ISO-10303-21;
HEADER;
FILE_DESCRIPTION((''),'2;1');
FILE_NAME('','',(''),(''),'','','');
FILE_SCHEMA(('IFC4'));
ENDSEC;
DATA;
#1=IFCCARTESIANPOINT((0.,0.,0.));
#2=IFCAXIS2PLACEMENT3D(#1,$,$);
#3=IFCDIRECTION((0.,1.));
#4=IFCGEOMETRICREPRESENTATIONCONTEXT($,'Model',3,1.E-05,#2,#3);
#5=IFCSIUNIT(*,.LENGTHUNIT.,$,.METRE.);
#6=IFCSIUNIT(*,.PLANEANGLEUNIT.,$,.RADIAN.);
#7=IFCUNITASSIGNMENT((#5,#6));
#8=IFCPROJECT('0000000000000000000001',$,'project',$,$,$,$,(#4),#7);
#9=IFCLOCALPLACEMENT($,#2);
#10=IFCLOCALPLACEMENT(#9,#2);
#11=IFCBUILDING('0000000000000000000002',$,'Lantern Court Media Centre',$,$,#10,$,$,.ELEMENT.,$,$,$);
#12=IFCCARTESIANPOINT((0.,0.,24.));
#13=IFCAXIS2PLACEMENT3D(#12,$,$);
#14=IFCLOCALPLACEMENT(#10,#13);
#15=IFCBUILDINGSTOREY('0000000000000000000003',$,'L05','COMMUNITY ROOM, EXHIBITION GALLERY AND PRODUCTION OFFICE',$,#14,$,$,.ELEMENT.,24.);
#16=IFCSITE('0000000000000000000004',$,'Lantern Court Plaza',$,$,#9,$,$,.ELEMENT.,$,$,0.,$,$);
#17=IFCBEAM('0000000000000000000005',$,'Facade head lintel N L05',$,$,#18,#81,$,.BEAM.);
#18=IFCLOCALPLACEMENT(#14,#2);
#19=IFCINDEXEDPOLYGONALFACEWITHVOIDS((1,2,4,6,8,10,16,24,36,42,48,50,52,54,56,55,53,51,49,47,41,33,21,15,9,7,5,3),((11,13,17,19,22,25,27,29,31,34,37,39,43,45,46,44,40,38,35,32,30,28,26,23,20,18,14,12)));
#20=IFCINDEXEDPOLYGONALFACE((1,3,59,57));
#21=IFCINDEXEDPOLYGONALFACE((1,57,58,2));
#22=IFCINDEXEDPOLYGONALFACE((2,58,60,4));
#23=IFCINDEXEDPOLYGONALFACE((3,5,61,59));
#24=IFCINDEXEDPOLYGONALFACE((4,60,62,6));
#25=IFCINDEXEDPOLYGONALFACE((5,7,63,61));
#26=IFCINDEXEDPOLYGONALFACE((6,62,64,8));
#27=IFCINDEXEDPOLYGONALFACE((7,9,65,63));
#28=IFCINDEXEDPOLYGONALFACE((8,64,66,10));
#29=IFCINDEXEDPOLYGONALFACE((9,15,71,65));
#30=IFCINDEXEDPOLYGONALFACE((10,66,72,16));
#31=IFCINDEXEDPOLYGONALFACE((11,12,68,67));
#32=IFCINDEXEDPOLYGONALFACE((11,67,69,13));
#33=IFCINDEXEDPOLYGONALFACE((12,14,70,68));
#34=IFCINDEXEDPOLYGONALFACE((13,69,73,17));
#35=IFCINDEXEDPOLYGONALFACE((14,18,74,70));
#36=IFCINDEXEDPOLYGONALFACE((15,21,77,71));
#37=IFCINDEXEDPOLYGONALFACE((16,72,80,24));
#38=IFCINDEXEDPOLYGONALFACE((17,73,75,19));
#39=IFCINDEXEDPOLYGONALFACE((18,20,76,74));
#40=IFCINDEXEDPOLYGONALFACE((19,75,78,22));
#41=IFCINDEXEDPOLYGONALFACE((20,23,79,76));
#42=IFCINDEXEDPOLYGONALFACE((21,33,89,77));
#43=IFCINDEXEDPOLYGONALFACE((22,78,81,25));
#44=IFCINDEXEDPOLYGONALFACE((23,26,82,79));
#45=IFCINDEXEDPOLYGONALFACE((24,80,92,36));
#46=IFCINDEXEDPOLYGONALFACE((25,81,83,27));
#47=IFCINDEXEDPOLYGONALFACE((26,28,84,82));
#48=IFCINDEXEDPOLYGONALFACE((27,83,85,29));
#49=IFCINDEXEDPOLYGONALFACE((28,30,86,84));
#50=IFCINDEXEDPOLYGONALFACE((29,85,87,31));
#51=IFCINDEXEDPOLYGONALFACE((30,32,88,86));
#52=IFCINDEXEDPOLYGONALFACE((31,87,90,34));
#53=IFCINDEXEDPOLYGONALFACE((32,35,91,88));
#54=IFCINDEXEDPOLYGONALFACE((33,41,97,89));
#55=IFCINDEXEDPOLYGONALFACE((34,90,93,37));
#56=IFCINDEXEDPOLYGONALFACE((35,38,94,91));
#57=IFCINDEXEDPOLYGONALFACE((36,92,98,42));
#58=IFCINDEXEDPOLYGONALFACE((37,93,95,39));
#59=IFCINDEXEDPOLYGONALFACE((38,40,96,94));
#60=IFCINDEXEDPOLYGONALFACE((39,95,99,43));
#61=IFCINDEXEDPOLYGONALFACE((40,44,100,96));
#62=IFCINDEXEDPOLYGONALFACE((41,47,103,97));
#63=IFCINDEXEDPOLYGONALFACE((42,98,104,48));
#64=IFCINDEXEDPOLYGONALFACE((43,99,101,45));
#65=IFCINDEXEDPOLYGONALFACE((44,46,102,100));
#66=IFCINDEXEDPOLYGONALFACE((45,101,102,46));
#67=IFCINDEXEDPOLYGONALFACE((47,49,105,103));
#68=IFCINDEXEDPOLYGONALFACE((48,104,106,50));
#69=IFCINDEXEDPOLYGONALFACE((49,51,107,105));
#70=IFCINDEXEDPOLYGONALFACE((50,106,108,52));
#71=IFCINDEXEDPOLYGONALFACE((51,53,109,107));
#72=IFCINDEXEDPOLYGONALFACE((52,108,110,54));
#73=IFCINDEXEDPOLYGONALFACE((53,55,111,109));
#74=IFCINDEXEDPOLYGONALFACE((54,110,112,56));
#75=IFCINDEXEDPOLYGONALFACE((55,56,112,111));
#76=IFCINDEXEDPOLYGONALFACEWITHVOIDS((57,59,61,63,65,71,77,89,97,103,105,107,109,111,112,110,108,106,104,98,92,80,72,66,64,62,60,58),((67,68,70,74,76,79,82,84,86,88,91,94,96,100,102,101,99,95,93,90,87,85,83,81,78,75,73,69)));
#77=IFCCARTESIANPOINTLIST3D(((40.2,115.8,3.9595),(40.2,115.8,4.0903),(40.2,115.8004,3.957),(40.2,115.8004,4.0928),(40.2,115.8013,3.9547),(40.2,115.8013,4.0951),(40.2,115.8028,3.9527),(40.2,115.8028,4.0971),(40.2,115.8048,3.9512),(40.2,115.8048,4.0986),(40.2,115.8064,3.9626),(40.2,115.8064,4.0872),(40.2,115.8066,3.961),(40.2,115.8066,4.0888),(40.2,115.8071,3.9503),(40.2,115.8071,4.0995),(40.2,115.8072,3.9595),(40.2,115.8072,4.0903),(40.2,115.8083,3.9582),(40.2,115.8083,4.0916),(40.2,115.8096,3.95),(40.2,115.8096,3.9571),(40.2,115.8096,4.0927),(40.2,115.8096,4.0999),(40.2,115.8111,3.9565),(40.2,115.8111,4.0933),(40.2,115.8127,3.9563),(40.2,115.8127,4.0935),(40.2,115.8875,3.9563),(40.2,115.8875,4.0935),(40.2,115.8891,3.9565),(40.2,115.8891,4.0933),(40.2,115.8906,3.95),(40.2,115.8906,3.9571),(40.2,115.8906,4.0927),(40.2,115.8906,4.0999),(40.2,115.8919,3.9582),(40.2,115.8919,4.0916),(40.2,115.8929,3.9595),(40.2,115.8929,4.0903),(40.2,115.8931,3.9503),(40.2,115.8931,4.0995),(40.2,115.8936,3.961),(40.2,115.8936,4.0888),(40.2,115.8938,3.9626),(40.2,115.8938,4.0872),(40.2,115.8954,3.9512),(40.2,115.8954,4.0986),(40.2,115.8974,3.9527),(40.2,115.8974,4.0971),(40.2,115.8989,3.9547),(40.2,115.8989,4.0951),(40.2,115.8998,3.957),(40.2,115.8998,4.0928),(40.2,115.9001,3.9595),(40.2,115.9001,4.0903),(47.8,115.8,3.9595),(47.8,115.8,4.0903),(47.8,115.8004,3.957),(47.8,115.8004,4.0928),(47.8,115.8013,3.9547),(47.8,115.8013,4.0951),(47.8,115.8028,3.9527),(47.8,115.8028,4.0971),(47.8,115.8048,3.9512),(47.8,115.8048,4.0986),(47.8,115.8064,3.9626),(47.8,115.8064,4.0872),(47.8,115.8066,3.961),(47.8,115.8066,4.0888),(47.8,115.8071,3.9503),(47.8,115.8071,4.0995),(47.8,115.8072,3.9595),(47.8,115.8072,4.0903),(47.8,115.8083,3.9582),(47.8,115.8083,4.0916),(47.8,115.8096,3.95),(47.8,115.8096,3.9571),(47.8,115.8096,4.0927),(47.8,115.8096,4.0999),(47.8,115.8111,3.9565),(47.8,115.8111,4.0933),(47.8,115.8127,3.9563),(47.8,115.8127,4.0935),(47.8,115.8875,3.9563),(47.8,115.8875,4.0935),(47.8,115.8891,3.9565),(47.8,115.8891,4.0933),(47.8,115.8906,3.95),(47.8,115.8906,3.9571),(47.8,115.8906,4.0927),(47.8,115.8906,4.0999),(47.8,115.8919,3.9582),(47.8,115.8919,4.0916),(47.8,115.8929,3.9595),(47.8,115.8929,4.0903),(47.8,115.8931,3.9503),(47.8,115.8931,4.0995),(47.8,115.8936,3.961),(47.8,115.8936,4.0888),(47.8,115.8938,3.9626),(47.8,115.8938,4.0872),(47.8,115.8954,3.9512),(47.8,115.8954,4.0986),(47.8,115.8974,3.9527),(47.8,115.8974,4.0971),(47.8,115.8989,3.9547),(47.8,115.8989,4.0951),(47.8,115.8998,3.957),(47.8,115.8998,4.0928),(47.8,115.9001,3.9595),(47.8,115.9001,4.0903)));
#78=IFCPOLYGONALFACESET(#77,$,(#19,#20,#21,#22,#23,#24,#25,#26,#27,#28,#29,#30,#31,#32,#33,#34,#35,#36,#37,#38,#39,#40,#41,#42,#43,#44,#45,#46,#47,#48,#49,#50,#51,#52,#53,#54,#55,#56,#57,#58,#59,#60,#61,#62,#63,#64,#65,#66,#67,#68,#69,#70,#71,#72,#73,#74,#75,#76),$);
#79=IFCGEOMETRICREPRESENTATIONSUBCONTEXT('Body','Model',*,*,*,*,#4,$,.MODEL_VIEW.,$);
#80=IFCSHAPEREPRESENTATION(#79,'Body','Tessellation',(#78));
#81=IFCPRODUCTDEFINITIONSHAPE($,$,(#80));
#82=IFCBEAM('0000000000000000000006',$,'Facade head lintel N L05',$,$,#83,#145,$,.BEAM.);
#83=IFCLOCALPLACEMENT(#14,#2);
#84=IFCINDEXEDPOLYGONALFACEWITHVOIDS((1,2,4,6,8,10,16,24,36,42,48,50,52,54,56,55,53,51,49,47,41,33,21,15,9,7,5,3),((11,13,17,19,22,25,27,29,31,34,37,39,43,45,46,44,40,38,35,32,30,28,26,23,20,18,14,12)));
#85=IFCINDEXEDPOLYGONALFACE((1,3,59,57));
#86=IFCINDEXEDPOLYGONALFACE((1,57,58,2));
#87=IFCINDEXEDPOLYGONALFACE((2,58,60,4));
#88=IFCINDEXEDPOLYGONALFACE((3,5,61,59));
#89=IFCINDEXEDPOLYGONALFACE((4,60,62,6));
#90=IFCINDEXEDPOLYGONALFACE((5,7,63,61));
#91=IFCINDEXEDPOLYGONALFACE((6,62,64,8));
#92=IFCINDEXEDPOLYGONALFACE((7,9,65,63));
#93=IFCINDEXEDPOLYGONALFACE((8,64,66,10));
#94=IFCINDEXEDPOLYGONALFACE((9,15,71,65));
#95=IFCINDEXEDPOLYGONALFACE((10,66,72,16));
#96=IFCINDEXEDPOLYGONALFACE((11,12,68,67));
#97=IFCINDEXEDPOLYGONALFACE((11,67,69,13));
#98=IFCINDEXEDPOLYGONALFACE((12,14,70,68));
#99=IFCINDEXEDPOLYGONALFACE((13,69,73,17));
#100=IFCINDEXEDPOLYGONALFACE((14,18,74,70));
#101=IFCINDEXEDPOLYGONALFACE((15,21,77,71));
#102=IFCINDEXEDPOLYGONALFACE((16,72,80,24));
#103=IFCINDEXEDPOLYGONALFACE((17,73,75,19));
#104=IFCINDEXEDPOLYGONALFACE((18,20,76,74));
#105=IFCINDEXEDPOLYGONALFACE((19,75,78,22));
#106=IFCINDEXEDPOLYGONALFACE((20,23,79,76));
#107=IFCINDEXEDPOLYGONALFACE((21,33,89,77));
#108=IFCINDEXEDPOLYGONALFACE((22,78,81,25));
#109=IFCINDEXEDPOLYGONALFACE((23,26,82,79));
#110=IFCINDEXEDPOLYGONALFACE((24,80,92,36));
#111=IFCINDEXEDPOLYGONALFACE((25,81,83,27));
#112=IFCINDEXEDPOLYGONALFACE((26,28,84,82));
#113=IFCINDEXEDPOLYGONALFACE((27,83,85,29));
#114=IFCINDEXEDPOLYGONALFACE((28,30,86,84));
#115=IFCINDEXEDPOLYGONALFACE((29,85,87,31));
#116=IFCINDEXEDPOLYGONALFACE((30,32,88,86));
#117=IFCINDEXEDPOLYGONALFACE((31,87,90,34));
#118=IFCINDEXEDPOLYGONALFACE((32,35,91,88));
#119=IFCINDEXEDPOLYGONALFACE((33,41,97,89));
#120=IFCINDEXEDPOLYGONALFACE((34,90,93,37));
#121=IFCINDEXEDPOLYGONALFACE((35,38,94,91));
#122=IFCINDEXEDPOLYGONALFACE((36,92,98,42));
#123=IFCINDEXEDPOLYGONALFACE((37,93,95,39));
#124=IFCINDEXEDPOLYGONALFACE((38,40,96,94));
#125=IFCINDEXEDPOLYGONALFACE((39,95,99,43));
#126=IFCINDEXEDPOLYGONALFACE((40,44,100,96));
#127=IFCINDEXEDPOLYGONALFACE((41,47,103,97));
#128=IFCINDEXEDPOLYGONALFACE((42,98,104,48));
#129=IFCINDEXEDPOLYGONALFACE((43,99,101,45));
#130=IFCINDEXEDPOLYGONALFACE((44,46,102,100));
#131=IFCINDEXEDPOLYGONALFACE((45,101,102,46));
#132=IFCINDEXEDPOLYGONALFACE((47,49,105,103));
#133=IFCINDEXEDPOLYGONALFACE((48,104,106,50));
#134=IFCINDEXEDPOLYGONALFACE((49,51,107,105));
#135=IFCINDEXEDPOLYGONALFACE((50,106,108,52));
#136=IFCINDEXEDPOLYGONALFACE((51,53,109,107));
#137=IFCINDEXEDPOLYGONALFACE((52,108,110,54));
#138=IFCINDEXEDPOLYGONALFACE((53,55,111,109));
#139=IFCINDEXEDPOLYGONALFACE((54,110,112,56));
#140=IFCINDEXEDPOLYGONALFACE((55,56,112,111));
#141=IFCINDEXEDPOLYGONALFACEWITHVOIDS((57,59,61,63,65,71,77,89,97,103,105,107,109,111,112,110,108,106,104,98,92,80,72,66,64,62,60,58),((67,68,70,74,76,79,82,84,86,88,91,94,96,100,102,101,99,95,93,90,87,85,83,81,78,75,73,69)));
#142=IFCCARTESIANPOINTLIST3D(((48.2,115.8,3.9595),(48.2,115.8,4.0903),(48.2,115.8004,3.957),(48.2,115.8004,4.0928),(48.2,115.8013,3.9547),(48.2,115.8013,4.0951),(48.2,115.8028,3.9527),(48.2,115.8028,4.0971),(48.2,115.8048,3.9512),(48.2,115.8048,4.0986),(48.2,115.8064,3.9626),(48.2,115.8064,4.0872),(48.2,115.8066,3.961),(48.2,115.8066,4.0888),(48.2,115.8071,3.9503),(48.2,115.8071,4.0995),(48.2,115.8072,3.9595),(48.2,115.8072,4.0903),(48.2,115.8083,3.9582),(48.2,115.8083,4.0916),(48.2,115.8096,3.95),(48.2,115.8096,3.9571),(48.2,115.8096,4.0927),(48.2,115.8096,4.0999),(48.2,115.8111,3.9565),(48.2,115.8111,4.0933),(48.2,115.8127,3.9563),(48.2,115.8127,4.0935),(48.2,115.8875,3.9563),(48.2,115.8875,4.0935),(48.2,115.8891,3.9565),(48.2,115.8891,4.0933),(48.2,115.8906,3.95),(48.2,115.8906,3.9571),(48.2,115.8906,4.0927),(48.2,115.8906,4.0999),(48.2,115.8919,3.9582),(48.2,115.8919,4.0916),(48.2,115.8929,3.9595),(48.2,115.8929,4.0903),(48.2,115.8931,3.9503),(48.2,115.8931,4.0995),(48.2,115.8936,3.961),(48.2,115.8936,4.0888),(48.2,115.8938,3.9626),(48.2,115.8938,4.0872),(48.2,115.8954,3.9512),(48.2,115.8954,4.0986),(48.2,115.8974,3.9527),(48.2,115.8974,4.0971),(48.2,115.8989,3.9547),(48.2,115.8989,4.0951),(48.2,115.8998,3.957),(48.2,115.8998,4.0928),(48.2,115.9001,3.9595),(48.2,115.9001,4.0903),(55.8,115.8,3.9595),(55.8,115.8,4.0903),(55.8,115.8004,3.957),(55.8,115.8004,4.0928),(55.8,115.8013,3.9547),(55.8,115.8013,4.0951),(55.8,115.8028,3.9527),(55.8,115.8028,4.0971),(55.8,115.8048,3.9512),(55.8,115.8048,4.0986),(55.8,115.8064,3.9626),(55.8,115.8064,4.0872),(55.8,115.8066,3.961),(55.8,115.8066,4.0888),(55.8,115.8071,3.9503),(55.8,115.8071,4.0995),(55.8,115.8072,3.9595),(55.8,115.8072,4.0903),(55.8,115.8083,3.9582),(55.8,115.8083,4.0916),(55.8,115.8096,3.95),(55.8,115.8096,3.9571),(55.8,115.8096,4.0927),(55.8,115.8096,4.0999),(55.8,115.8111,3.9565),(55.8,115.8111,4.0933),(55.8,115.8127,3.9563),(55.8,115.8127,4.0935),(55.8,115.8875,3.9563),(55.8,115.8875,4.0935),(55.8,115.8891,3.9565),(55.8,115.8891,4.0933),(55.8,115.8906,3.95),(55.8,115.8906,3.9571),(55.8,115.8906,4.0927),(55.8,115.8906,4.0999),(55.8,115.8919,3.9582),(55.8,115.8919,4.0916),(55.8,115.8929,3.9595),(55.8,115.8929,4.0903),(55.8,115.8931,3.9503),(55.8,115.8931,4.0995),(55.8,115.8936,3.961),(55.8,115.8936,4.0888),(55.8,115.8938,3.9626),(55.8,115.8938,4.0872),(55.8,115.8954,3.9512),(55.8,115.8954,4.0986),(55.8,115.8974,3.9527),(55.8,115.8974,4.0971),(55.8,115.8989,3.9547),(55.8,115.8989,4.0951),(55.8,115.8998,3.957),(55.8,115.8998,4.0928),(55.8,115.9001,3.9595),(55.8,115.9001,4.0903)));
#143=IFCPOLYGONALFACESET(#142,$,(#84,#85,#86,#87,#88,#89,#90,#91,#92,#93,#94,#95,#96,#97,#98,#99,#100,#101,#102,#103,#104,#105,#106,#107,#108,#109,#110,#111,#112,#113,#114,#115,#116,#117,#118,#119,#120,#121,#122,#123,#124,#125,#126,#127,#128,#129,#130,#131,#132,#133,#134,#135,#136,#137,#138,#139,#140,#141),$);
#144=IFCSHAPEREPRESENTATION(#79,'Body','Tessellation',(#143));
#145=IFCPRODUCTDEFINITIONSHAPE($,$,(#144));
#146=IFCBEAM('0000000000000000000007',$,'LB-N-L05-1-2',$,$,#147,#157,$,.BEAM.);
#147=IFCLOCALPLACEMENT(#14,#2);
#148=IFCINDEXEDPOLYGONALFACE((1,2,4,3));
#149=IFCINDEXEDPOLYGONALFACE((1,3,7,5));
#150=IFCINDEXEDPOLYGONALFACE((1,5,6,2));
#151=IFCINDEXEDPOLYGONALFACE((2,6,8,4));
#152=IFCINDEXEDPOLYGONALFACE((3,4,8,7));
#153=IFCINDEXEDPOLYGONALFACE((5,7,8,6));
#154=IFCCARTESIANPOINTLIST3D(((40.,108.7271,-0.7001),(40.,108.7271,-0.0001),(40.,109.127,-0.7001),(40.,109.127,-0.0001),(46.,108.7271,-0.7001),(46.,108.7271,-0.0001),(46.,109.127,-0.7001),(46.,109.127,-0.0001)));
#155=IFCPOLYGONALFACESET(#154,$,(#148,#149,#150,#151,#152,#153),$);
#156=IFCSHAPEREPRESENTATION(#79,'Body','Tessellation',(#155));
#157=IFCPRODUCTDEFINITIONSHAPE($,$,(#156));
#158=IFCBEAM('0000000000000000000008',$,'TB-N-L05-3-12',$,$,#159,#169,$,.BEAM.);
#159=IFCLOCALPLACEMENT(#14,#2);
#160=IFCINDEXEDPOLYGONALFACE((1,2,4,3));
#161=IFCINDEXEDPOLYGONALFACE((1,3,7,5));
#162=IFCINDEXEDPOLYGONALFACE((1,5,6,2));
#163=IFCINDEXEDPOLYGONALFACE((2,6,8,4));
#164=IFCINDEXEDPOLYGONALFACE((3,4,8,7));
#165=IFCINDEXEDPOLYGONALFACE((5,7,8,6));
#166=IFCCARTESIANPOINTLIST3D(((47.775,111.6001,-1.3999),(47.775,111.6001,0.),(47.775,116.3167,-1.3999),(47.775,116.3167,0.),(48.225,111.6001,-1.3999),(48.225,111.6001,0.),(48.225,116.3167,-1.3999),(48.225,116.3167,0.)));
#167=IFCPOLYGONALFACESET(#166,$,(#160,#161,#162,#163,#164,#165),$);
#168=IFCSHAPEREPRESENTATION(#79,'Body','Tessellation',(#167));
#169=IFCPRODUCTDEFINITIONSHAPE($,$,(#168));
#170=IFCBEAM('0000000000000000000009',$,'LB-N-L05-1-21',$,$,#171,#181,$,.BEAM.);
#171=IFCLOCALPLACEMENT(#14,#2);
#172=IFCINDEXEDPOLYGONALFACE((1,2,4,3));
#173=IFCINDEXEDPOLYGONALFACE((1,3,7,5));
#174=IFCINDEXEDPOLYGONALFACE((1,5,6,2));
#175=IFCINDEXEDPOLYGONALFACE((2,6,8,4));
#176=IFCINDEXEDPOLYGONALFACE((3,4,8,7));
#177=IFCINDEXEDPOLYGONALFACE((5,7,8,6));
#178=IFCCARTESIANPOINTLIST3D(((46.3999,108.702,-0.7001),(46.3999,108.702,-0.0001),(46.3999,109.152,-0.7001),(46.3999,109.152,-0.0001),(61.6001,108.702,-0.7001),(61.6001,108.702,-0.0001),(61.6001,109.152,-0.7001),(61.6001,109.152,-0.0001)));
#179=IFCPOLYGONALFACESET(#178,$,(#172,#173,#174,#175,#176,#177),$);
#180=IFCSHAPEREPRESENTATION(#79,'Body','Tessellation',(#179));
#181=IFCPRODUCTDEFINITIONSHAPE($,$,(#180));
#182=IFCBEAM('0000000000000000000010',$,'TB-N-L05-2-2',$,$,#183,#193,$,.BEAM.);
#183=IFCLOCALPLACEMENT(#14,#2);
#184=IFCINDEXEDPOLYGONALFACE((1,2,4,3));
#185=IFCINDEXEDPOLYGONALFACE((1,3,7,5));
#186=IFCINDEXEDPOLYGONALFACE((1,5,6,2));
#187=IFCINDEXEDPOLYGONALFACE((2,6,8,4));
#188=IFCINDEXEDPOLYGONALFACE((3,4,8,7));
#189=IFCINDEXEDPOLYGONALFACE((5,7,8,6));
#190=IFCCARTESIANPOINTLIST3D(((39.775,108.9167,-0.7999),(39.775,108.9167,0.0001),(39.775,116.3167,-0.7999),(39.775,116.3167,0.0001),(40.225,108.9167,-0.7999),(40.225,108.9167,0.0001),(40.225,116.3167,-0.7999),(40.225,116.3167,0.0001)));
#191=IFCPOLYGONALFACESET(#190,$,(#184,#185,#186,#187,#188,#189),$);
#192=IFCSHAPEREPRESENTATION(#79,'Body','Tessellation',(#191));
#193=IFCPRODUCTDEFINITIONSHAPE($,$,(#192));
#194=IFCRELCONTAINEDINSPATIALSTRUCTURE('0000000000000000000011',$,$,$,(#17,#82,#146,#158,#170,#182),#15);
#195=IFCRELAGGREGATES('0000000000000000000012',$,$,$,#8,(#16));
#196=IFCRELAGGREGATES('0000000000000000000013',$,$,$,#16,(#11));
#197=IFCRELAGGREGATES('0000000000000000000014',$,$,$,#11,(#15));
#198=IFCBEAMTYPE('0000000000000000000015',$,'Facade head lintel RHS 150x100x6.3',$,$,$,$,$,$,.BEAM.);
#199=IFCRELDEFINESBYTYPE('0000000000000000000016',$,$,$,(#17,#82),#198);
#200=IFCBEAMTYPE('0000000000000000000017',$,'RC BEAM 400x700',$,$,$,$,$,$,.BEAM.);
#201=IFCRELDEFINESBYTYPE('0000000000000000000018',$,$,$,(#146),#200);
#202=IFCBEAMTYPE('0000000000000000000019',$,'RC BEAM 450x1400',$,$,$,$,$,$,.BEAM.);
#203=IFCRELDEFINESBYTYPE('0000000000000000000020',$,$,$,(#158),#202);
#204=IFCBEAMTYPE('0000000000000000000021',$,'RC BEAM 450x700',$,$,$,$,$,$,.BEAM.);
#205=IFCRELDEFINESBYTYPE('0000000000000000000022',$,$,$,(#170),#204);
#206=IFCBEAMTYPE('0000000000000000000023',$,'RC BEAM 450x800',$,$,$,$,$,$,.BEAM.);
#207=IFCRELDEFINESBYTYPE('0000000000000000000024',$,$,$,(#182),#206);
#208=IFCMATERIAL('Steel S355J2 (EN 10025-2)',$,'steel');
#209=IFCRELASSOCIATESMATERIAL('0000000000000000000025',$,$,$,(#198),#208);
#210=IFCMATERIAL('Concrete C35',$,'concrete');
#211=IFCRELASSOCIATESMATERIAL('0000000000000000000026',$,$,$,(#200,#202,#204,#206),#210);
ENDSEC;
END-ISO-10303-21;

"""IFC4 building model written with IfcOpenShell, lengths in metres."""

from ifc_helpers import new_model, si_unit, direction, frame, origin, origin_2d, place, context, subcontext, project, spatial, rectangle, hollow_rectangle, extrude, material, material_profile, profile_set, type_object, element, save


model = new_model("IFC4")

# Units and contexts
model_context = context("Model", 3, precision=1e-05, world=origin(), true_north=direction((0.0, 1.0)))
body_context = subcontext(model_context, "Body", "Model", "MODEL_VIEW")
ifc_project = project(units=[si_unit("LENGTHUNIT", "METRE"), si_unit("PLANEANGLEUNIT", "RADIAN")], contexts=[model_context])

# Site, building, storey
site_placement = place(None, origin())
site = spatial("IfcSite", under=ifc_project, at=site_placement, Name="Lantern Court Plaza", CompositionType="ELEMENT", RefElevation=0.0)
building_placement = place(site_placement, origin())
building = spatial("IfcBuilding", under=site, at=building_placement, Name="Lantern Court Media Centre", CompositionType="ELEMENT")
storey_placement = place(building_placement, frame((0.0, 0.0, 24.0)))
storey = spatial("IfcBuildingStorey", under=building, at=storey_placement, Name="L05", Description="COMMUNITY ROOM, EXHIBITION GALLERY AND PRODUCTION OFFICE", CompositionType="ELEMENT", Elevation=24.0)

# Shared definitions
ifc_material_1 = material(Name="Concrete C35", Category="concrete")

# Beams
ifc_material_2 = material(Name="Steel S355J2 (EN 10025-2)", Category="steel")
ifc_material_profile_1 = material_profile(ifc_material_2, hollow_rectangle(XDim=0.1001, YDim=0.1499, WallThickness=0.0063, InnerFilletRadius=0.0063, OuterFilletRadius=0.0095, at=origin_2d()), Name="Facade head lintel RHS 150x100x6.3")
ifc_profile_set_1 = profile_set([ifc_material_profile_1], Name="Steel S355J2 (EN 10025-2)")
beam_type_1 = type_object("IfcBeamType", Name="Facade head lintel RHS 150x100x6.3", PredefinedType="BEAM", material=ifc_profile_set_1)
for number, where, z_axis, x_axis, name in (
    (1, (40.2, 115.8501, 4.0249), (1.0, 0.0, 0.0), (0.0, 1.0, 0.0), "Facade head lintel N L05"),
    (2, (48.2, 115.8501, 4.0249), (1.0, 0.0, 0.0), (0.0, 1.0, 0.0), "Facade head lintel N L05"),
):
    element("IfcBeam", number, at=place(storey_placement, frame(where, z_axis=z_axis, x_axis=x_axis)), inside=storey, type_object=beam_type_1, Name=name, PredefinedType="BEAM", context=body_context, shape_type="SweptSolid", body=[
        extrude(hollow_rectangle(XDim=0.1001, YDim=0.1499, WallThickness=0.0063, InnerFilletRadius=0.0063, OuterFilletRadius=0.0095, at=origin_2d()), origin(), (0.0, 0.0, 1.0), 7.6001),
    ])
ifc_material_profile_2 = material_profile(ifc_material_1, rectangle(XDim=0.3999, YDim=0.7, at=origin_2d()), Name="RC 400x700")
ifc_profile_set_2 = profile_set([ifc_material_profile_2], Name="Concrete C35")
beam_type_2 = type_object("IfcBeamType", Name="RC BEAM 400x700", PredefinedType="BEAM", material=ifc_profile_set_2)
beam_1_placement = place(storey_placement, frame((40.0, 108.927, -0.3501), z_axis=(1.0, 0.0, 0.0), x_axis=(0.0, 1.0, 0.0)))
element("IfcBeam", 3, at=beam_1_placement, inside=storey, type_object=beam_type_2, Name="LB-N-L05-1-2", PredefinedType="BEAM", context=body_context, shape_type="SweptSolid", body=[
    extrude(rectangle(XDim=0.3999, YDim=0.7, at=origin_2d()), origin(), (0.0, 0.0, 1.0), 6.0),
])
ifc_material_profile_3 = material_profile(ifc_material_1, rectangle(XDim=0.45, YDim=1.3999, at=origin_2d()), Name="RC 450x1400")
ifc_profile_set_3 = profile_set([ifc_material_profile_3], Name="Concrete C35")
beam_type_3 = type_object("IfcBeamType", Name="RC BEAM 450x1400", PredefinedType="BEAM", material=ifc_profile_set_3)
beam_2_placement = place(storey_placement, frame((48.0, 111.6001, -0.7), z_axis=(0.0, 1.0, 0.0), x_axis=(-1.0, 0.0, 0.0)))
element("IfcBeam", 4, at=beam_2_placement, inside=storey, type_object=beam_type_3, Name="TB-N-L05-3-12", PredefinedType="BEAM", context=body_context, shape_type="SweptSolid", body=[
    extrude(rectangle(XDim=0.45, YDim=1.3999, at=origin_2d()), origin(), (0.0, 0.0, 1.0), 4.7166),
])
ifc_material_profile_4 = material_profile(ifc_material_1, rectangle(XDim=0.45, YDim=0.7, at=origin_2d()), Name="RC 450x700")
ifc_profile_set_4 = profile_set([ifc_material_profile_4], Name="Concrete C35")
beam_type_4 = type_object("IfcBeamType", Name="RC BEAM 450x700", PredefinedType="BEAM", material=ifc_profile_set_4)
beam_3_placement = place(storey_placement, frame((46.3999, 108.927, -0.3501), z_axis=(1.0, 0.0, 0.0), x_axis=(0.0, 1.0, 0.0)))
element("IfcBeam", 5, at=beam_3_placement, inside=storey, type_object=beam_type_4, Name="LB-N-L05-1-21", PredefinedType="BEAM", context=body_context, shape_type="SweptSolid", body=[
    extrude(rectangle(XDim=0.45, YDim=0.7, at=origin_2d()), origin(), (0.0, 0.0, 1.0), 15.2002),
])
ifc_material_profile_5 = material_profile(ifc_material_1, rectangle(XDim=0.45, YDim=0.8, at=origin_2d()), Name="RC 450x800")
ifc_profile_set_5 = profile_set([ifc_material_profile_5], Name="Concrete C35")
beam_type_5 = type_object("IfcBeamType", Name="RC BEAM 450x800", PredefinedType="BEAM", material=ifc_profile_set_5)
beam_4_placement = place(storey_placement, frame((40.0, 108.9167, -0.3999), z_axis=(0.0, 1.0, 0.0), x_axis=(-1.0, 0.0, 0.0)))
element("IfcBeam", 6, at=beam_4_placement, inside=storey, type_object=beam_type_5, Name="TB-N-L05-2-2", PredefinedType="BEAM", context=body_context, shape_type="SweptSolid", body=[
    extrude(rectangle(XDim=0.45, YDim=0.8, at=origin_2d()), origin(), (0.0, 0.0, 1.0), 7.3999),
])

save(model, "model.ifc")
